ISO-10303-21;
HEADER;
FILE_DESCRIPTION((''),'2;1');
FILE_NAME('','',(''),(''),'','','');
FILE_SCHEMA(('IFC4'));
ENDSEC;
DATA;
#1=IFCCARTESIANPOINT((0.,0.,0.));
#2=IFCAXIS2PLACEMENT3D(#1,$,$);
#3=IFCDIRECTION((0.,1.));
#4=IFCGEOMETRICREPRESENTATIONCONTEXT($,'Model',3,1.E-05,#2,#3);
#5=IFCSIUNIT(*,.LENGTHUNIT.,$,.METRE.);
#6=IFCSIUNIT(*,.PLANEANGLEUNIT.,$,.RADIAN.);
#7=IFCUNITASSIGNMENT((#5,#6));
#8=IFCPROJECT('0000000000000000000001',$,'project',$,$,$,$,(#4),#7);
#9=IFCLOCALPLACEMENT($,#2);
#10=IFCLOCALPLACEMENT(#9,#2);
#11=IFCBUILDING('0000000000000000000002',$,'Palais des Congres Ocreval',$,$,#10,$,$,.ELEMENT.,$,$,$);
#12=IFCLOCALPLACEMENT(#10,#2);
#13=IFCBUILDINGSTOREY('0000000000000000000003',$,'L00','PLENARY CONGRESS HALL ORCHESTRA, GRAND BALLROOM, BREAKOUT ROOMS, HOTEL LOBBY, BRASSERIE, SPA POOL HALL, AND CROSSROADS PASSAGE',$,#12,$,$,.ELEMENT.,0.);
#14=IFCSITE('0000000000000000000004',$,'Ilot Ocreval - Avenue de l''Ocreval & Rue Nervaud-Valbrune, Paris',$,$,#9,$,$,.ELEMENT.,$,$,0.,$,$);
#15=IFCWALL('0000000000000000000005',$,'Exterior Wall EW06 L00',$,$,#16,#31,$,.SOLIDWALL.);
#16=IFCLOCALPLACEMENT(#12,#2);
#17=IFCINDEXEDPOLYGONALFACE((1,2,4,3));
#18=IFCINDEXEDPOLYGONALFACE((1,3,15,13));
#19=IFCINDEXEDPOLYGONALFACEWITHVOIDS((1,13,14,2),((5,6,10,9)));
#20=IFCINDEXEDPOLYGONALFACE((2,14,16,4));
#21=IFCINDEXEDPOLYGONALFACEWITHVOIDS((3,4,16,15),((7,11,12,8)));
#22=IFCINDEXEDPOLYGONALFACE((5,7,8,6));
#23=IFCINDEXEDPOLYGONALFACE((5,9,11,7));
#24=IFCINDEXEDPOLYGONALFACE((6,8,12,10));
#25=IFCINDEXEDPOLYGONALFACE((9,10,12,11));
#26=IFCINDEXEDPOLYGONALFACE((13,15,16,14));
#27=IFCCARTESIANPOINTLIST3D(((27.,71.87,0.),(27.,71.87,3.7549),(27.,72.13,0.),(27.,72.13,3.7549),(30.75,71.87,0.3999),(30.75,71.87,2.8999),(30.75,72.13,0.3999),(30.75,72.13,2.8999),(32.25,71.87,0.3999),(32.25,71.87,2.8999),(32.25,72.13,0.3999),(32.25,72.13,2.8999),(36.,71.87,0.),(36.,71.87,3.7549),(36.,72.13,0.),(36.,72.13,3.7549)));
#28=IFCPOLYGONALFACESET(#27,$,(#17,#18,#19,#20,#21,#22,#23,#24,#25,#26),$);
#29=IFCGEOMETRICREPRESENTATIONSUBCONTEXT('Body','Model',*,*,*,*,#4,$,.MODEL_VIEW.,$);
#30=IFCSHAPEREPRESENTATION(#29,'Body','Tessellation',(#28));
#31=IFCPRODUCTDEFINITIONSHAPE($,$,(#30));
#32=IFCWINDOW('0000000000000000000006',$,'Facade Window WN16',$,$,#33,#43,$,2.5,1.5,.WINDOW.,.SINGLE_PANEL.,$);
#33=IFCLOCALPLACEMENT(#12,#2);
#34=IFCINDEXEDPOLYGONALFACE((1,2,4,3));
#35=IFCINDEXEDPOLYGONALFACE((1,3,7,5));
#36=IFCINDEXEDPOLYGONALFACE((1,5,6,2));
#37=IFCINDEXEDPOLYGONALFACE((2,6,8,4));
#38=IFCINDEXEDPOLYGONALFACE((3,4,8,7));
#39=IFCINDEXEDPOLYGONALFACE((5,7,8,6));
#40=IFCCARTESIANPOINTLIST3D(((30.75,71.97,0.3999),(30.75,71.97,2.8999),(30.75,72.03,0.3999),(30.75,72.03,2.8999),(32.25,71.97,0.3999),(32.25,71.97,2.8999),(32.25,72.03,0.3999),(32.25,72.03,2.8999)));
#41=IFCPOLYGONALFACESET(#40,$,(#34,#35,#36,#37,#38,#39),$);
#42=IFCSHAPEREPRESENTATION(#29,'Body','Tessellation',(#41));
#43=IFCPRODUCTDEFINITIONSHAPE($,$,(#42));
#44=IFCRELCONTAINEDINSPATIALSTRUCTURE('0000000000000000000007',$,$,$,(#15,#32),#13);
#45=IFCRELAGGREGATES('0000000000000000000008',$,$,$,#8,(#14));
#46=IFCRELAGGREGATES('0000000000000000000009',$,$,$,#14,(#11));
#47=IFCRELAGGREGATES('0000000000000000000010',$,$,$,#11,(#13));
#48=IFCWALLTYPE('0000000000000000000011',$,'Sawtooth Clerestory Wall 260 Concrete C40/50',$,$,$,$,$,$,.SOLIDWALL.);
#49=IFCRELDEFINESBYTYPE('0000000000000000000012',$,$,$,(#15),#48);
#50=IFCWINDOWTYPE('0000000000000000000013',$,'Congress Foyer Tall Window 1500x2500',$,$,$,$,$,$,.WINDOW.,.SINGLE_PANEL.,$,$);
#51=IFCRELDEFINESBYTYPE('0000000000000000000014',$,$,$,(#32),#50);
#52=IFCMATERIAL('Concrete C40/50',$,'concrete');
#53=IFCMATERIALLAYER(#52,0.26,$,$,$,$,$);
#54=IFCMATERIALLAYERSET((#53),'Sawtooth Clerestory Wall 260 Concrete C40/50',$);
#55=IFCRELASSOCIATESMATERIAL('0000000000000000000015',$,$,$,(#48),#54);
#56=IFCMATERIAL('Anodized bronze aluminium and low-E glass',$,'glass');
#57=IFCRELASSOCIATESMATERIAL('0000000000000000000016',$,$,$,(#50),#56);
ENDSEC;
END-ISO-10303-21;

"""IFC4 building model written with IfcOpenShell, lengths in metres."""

from ifc_helpers import new_model, si_unit, direction, frame, frame_2d, origin, place, context, subcontext, project, spatial, rectangle, extrude, material, layer, layer_set, type_object, element, fill, save


model = new_model("IFC4")

# Units and contexts
model_context = context("Model", 3, precision=1e-05, world=origin(), true_north=direction((0.0, 1.0)))
body_context = subcontext(model_context, "Body", "Model", "MODEL_VIEW")
ifc_project = project(units=[si_unit("LENGTHUNIT", "METRE"), si_unit("PLANEANGLEUNIT", "RADIAN")], contexts=[model_context])

# Site, building, storey
site_placement = place(None, origin())
site = spatial("IfcSite", under=ifc_project, at=site_placement, Name="Ilot Ocreval - Avenue de l'Ocreval & Rue Nervaud-Valbrune, Paris", CompositionType="ELEMENT", RefElevation=0.0)
building_placement = place(site_placement, origin())
building = spatial("IfcBuilding", under=site, at=building_placement, Name="Palais des Congres Ocreval", CompositionType="ELEMENT")
storey_placement = place(building_placement, origin())
storey = spatial("IfcBuildingStorey", under=building, at=storey_placement, Name="L00", Description="PLENARY CONGRESS HALL ORCHESTRA, GRAND BALLROOM, BREAKOUT ROOMS, HOTEL LOBBY, BRASSERIE, SPA POOL HALL, AND CROSSROADS PASSAGE", CompositionType="ELEMENT", Elevation=0.0)

# Shared definitions
ifc_material_1 = material(Name="Anodized bronze aluminium and low-E glass", Category="glass")

# Shared definitions
ifc_material_2 = material(Name="Concrete C40/50", Category="concrete")

# Wall, opening, window
ifc_layer_1 = layer(ifc_material_2, 0.26)
ifc_layer_set_1 = layer_set([ifc_layer_1], Name="Sawtooth Clerestory Wall 260 Concrete C40/50")
wall_type_1 = type_object("IfcWallType", Name="Sawtooth Clerestory Wall 260 Concrete C40/50", PredefinedType="SOLIDWALL", material=ifc_layer_set_1)
wall_1_placement = place(storey_placement, frame((36.0, 72.0, 0.0), z_axis=(0.0, 0.0, 1.0), x_axis=(-1.0, 0.0, 0.0)))
wall_1 = element("IfcWall", 1, at=wall_1_placement, inside=storey, type_object=wall_type_1, Name="Exterior Wall EW06 L00", PredefinedType="SOLIDWALL", context=body_context, shape_type="SweptSolid", body=[
    extrude(rectangle(XDim=9.0, YDim=0.26, at=frame_2d((4.5, 0.0))), origin(), (0.0, 0.0, 1.0), 3.7549),
])
opening_placement = place(wall_1_placement, frame((3.75, 0.0, 0.3999)))
opening = element("IfcOpeningElement", 2, at=opening_placement, cuts=wall_1, PredefinedType="OPENING", context=body_context, shape_type="SweptSolid", body=[
    extrude(rectangle(XDim=1.5, YDim=2.5, at=frame_2d((0.75, 1.25))), frame((0.0, 0.1399, 0.0), z_axis=(0.0, -1.0, 0.0), x_axis=(1.0, 0.0, 0.0)), (0.0, 0.0, 1.0), 0.28),
])
window_type = type_object("IfcWindowType", Name="Congress Foyer Tall Window 1500x2500", PartitioningType="SINGLE_PANEL", PredefinedType="WINDOW", material=ifc_material_1)
window_placement = place(opening_placement, origin())
window = element("IfcWindow", 3, at=window_placement, inside=storey, type_object=window_type, Name="Facade Window WN16", OverallHeight=2.5, OverallWidth=1.5, PartitioningType="SINGLE_PANEL", PredefinedType="WINDOW", context=body_context, shape_type="SweptSolid", body=[
    extrude(rectangle(XDim=1.5, YDim=2.5, at=frame_2d((0.75, 1.25))), frame((0.0, 0.03, 0.0), z_axis=(0.0, -1.0, 0.0), x_axis=(1.0, 0.0, 0.0)), (0.0, 0.0, 1.0), 0.0601),
])
fill(opening, window)

save(model, "model.ifc")
